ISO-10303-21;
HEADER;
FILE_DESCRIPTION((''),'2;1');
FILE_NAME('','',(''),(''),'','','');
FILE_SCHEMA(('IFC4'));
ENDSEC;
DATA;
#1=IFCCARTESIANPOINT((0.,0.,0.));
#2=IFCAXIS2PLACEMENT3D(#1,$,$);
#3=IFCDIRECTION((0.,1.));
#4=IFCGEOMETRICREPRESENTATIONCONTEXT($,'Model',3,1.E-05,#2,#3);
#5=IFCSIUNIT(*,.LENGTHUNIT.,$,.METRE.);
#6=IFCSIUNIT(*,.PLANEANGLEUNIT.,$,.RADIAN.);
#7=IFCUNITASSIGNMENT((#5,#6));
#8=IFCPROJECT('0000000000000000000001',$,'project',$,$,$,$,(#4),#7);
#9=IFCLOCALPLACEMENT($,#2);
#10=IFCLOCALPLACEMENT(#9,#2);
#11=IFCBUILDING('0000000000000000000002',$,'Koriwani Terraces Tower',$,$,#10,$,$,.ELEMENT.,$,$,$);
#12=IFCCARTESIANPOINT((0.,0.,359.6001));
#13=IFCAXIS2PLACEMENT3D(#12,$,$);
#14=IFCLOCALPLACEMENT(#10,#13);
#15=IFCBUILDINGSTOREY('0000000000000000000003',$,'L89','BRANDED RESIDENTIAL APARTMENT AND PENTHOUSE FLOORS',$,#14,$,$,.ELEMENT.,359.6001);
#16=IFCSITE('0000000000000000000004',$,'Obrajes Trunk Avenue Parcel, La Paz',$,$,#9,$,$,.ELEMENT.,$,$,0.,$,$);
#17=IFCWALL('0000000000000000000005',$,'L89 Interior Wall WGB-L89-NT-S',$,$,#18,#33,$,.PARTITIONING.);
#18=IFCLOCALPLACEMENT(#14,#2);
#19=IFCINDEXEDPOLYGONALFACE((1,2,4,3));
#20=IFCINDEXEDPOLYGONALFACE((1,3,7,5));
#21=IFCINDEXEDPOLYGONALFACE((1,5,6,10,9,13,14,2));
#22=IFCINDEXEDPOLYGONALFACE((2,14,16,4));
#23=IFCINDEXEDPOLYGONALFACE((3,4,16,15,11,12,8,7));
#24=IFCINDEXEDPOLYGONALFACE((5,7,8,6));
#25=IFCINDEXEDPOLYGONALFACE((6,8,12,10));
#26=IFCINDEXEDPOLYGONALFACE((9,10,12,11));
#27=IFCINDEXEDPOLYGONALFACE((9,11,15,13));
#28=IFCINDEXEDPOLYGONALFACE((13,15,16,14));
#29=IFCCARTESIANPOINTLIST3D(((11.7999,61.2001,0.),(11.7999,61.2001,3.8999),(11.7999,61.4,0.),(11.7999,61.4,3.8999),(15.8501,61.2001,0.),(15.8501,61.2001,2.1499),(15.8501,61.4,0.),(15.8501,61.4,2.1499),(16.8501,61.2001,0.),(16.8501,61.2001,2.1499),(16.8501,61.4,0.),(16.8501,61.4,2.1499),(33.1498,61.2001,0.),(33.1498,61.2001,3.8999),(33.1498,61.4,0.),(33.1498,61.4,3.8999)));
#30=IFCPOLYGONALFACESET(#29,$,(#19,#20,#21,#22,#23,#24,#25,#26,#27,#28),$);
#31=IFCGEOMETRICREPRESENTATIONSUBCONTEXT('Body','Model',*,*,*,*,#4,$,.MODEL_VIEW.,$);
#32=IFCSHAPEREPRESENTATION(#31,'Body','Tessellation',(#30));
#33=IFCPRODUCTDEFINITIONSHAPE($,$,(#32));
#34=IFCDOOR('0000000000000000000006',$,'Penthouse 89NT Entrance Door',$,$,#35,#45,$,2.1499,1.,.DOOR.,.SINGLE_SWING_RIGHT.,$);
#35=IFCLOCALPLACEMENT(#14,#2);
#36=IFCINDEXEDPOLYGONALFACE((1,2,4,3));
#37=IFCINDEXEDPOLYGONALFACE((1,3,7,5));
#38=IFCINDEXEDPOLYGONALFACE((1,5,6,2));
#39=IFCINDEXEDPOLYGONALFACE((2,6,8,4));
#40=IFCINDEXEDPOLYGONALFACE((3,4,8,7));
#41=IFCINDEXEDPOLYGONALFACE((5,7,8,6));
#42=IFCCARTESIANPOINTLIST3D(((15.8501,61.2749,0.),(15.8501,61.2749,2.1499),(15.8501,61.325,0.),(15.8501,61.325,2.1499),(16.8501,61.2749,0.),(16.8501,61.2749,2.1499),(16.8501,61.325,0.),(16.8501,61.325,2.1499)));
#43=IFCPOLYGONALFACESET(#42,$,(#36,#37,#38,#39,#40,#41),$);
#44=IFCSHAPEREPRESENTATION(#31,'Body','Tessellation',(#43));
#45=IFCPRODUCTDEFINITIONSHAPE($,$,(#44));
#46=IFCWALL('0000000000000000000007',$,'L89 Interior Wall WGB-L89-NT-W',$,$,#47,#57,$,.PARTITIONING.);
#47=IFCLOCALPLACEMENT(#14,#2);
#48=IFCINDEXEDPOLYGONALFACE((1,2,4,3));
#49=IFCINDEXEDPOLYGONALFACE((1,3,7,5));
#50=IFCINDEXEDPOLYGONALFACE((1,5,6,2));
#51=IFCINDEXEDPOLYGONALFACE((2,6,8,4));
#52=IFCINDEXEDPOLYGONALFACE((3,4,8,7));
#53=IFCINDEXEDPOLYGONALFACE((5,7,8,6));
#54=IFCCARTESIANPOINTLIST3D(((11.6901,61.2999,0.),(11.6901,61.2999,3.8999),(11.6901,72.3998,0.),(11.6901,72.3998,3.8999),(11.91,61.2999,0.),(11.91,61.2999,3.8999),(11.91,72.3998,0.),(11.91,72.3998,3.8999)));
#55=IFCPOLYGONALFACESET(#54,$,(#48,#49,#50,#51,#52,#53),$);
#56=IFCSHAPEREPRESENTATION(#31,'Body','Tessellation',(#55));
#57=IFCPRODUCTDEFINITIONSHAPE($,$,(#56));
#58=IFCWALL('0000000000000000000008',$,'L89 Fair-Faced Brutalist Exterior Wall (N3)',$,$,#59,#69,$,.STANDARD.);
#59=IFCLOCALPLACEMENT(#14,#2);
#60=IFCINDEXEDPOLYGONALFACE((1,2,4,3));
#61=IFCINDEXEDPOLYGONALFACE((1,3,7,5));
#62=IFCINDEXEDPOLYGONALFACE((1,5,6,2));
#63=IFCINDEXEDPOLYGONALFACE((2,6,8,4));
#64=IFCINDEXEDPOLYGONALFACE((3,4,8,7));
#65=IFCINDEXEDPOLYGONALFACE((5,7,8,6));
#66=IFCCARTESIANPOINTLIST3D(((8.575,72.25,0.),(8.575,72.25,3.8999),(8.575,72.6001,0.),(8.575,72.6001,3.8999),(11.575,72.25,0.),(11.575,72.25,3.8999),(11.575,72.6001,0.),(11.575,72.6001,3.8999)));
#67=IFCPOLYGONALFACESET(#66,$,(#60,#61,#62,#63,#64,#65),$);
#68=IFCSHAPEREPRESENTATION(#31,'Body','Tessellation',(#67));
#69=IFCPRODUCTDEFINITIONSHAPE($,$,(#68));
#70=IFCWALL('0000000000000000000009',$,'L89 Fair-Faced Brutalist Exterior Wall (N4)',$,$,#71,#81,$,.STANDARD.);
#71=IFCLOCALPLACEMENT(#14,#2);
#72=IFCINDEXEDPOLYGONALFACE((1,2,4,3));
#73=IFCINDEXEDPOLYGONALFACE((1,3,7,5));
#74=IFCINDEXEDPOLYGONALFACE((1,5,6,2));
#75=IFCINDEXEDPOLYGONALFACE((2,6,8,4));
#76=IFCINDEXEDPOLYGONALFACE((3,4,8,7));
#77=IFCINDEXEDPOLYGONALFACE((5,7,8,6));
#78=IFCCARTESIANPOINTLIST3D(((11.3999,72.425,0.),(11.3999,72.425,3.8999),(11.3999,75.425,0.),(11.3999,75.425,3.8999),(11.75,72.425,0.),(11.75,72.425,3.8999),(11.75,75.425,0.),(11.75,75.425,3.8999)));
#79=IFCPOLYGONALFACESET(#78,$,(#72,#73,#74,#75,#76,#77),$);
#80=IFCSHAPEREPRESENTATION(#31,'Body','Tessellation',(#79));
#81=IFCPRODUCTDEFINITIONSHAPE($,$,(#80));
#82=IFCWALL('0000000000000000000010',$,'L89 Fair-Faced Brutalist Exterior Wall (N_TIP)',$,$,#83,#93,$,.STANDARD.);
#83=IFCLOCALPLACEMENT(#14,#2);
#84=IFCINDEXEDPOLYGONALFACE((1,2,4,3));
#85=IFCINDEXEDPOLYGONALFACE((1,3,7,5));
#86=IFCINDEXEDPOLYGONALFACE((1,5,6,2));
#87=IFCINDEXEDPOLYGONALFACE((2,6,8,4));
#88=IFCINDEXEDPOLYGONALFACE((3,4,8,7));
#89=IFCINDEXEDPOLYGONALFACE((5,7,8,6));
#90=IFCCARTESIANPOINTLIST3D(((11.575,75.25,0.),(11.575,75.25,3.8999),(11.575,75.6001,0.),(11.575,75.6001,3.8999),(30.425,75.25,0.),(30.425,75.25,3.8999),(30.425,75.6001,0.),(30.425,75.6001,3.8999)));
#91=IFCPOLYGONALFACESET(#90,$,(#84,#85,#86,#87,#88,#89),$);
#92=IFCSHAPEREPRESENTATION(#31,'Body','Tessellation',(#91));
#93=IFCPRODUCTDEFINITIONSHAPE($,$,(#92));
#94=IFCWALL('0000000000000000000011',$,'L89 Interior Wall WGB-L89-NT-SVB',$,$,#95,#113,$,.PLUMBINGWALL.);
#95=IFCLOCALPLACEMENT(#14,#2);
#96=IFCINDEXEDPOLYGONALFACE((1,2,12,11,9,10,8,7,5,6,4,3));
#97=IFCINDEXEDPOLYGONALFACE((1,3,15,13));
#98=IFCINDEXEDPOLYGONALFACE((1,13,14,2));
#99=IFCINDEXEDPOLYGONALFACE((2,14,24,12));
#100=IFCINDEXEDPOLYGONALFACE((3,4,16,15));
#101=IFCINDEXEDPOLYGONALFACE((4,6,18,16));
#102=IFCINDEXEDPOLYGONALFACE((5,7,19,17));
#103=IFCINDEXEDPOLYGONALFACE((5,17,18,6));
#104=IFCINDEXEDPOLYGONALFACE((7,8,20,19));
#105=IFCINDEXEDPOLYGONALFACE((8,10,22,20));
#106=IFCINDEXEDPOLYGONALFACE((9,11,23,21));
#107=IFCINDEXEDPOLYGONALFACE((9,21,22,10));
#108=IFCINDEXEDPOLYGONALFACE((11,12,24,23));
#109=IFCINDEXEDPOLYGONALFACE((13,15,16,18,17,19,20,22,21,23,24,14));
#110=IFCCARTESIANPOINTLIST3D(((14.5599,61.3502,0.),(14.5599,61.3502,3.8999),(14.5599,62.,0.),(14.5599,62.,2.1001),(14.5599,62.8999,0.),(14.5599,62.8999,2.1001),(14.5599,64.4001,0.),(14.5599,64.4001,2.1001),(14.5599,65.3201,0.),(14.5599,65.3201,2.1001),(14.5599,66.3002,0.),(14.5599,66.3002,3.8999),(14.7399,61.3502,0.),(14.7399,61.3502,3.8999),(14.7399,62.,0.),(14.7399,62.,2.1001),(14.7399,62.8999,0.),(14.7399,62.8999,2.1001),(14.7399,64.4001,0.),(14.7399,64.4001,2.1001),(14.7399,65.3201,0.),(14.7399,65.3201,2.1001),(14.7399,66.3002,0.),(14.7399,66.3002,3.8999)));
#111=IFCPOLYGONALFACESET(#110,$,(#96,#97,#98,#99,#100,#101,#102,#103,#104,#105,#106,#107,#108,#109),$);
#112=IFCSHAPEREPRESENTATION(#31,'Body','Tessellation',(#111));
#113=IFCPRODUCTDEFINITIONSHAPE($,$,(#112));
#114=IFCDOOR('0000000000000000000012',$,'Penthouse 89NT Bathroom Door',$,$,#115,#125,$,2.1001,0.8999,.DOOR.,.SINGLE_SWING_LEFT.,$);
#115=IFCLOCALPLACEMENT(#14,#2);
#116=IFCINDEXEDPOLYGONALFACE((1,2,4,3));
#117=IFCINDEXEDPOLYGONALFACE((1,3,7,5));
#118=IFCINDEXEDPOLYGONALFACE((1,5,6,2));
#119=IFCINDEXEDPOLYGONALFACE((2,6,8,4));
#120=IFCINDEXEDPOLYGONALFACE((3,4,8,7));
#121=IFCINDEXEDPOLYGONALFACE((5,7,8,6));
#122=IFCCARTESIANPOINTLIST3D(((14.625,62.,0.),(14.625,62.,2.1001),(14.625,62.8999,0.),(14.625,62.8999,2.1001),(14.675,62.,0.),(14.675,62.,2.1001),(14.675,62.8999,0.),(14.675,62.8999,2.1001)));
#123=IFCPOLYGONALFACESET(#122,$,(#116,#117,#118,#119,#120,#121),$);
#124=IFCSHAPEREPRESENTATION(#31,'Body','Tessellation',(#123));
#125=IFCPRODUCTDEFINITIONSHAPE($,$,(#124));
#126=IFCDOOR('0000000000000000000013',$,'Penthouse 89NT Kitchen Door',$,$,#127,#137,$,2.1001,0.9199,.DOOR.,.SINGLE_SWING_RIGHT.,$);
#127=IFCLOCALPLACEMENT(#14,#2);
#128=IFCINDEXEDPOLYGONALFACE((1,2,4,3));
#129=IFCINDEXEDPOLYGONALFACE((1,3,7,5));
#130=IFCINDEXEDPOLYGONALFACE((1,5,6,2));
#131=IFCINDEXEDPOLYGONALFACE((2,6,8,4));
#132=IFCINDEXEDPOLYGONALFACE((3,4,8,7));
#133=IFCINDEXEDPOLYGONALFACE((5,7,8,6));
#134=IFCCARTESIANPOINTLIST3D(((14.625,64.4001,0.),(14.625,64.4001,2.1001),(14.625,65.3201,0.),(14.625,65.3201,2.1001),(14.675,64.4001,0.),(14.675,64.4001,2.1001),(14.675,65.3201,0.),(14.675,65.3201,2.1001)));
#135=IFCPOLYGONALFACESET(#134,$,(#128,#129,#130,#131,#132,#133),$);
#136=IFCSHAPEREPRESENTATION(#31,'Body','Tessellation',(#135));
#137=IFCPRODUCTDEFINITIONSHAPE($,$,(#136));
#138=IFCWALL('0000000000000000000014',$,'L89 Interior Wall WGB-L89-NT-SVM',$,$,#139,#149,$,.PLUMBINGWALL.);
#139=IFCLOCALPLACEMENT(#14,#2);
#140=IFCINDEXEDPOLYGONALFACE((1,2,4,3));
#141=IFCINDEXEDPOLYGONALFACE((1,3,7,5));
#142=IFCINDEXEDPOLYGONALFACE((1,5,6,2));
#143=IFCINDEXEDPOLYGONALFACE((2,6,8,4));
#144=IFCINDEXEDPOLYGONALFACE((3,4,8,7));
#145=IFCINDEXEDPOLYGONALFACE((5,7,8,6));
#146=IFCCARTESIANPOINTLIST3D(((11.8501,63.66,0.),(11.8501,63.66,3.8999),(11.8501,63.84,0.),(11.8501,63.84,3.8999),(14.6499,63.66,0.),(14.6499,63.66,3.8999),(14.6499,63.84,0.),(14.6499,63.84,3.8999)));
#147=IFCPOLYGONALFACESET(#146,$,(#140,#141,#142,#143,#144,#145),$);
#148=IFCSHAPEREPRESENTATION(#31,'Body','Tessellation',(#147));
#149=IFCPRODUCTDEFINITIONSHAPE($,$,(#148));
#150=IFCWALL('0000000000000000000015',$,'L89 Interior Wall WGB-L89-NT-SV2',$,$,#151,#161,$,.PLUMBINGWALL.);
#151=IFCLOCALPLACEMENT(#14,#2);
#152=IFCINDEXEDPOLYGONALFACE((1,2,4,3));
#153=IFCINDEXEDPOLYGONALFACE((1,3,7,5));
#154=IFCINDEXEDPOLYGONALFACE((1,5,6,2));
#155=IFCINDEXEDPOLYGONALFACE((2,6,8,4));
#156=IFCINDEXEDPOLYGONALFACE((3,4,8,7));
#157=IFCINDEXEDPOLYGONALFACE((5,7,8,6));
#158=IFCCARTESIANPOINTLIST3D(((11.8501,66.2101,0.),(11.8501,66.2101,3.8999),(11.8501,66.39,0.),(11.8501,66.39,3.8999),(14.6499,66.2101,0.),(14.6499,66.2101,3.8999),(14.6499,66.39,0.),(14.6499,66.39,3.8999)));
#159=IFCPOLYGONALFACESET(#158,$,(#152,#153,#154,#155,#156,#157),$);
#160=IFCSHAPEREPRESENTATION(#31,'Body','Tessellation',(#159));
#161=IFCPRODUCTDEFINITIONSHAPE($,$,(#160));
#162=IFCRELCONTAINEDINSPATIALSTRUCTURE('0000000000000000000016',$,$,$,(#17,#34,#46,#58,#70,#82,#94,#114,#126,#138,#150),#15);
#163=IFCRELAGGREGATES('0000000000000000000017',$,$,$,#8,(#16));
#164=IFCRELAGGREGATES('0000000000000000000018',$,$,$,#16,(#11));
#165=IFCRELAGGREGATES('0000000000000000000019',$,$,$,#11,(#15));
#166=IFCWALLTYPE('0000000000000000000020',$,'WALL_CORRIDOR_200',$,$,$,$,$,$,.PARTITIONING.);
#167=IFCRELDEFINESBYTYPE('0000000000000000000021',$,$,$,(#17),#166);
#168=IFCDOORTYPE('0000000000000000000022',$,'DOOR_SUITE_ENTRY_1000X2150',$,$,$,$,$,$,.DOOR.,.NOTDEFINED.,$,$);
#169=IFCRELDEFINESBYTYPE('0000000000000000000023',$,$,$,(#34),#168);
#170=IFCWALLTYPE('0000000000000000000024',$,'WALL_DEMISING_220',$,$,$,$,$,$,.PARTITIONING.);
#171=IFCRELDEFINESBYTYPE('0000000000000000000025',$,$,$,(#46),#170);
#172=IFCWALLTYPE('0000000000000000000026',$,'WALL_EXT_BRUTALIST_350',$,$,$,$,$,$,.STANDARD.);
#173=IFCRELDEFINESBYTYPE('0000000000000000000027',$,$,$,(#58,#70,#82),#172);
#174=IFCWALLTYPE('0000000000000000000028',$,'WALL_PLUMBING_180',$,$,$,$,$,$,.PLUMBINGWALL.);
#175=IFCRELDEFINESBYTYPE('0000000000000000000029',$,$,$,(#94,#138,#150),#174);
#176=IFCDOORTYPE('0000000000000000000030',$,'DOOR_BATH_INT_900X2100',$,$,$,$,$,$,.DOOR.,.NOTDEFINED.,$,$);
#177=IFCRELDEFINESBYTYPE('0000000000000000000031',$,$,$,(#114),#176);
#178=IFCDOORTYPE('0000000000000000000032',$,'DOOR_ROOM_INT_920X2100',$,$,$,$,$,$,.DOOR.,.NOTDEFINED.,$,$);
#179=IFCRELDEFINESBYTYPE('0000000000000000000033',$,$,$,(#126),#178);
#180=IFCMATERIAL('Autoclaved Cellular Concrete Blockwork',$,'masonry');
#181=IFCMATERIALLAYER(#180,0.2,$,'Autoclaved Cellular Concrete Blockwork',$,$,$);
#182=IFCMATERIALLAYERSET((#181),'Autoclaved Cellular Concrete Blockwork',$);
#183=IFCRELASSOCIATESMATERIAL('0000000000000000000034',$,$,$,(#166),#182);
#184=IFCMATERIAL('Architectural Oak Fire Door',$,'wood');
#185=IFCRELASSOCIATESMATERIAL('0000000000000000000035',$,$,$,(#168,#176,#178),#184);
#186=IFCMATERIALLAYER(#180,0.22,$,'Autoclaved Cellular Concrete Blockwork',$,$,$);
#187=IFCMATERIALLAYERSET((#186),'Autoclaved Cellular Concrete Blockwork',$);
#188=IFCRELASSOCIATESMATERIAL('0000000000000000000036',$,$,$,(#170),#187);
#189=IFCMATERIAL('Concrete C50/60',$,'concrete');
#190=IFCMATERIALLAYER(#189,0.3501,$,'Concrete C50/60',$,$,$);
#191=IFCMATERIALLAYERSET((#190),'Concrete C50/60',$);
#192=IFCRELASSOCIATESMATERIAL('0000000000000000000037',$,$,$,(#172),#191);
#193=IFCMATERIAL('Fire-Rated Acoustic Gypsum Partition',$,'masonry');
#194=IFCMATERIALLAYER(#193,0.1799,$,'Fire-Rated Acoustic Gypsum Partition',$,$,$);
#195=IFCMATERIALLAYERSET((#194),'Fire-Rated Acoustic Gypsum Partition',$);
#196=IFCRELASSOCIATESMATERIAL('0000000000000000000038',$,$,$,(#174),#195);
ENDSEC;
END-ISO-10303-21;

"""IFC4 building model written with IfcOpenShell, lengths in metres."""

from ifc_helpers import new_model, si_unit, direction, frame, frame_2d, origin, place, context, subcontext, project, spatial, rectangle, extrude, material, layer, layer_set, type_object, element, fill, save


model = new_model("IFC4")

# Units and contexts
model_context = context("Model", 3, precision=1e-05, world=origin(), true_north=direction((0.0, 1.0)))
body_context = subcontext(model_context, "Body", "Model", "MODEL_VIEW")
ifc_project = project(units=[si_unit("LENGTHUNIT", "METRE"), si_unit("PLANEANGLEUNIT", "RADIAN")], contexts=[model_context])

# Site, building, storey
site_placement = place(None, origin())
site = spatial("IfcSite", under=ifc_project, at=site_placement, Name="Obrajes Trunk Avenue Parcel, La Paz", CompositionType="ELEMENT", RefElevation=0.0)
building_placement = place(site_placement, origin())
building = spatial("IfcBuilding", under=site, at=building_placement, Name="Koriwani Terraces Tower", CompositionType="ELEMENT")
storey_placement = place(building_placement, frame((0.0, 0.0, 359.6001)))
storey = spatial("IfcBuildingStorey", under=building, at=storey_placement, Name="L89", Description="BRANDED RESIDENTIAL APARTMENT AND PENTHOUSE FLOORS", CompositionType="ELEMENT", Elevation=359.6001)

# Shared definitions
ifc_material_1 = material(Name="Concrete C50/60", Category="concrete")

# Wall, opening, door
ifc_material_2 = material(Name="Autoclaved Cellular Concrete Blockwork", Category="masonry")
ifc_layer_1 = layer(ifc_material_2, 0.2, Name="Autoclaved Cellular Concrete Blockwork")
ifc_layer_set_1 = layer_set([ifc_layer_1], Name="Autoclaved Cellular Concrete Blockwork")
wall_type_1 = type_object("IfcWallType", Name="WALL_CORRIDOR_200", PredefinedType="PARTITIONING", material=ifc_layer_set_1)
ifc_material_3 = material(Name="Architectural Oak Fire Door", Category="wood")
door_type_1 = type_object("IfcDoorType", Name="DOOR_SUITE_ENTRY_1000X2150", OperationType="NOTDEFINED", PredefinedType="DOOR", material=ifc_material_3)
wall_1_placement = place(storey_placement, frame((11.8, 61.3, 0.0), z_axis=(0.0, 0.0, 1.0), x_axis=(1.0, 0.0, 0.0)))
wall_1 = element("IfcWall", 1, at=wall_1_placement, inside=storey, type_object=wall_type_1, Name="L89 Interior Wall WGB-L89-NT-S", PredefinedType="PARTITIONING", context=body_context, shape_type="SweptSolid", body=[
    extrude(rectangle(XDim=21.3499, YDim=0.2, at=frame_2d((10.6748, 0.0))), origin(), (0.0, 0.0, 1.0), 3.8999),
])
opening_1_placement = place(wall_1_placement, frame((4.05, 0.0, 0.0)))
opening_1 = element("IfcOpeningElement", 2, at=opening_1_placement, cuts=wall_1, PredefinedType="OPENING", context=body_context, shape_type="SweptSolid", body=[
    extrude(rectangle(XDim=1.0, YDim=2.1499, at=frame_2d((0.5, 1.075))), frame((0.0, 0.1099, 0.0), z_axis=(0.0, -1.0, 0.0), x_axis=(1.0, 0.0, 0.0)), (0.0, 0.0, 1.0), 0.22),
])
door_1_placement = place(opening_1_placement, origin())
door_1 = element("IfcDoor", 3, at=door_1_placement, inside=storey, type_object=door_type_1, Name="Penthouse 89NT Entrance Door", OperationType="SINGLE_SWING_RIGHT", OverallHeight=2.1499, OverallWidth=1.0, PredefinedType="DOOR", context=body_context, shape_type="SweptSolid", body=[
    extrude(rectangle(XDim=1.0, YDim=2.1499, at=frame_2d((0.5, 1.075))), frame((0.0, 0.0249, 0.0), z_axis=(0.0, -1.0, 0.0), x_axis=(1.0, 0.0, 0.0)), (0.0, 0.0, 1.0), 0.05),
])
fill(opening_1, door_1)

# Walls
ifc_layer_2 = layer(ifc_material_2, 0.22, Name="Autoclaved Cellular Concrete Blockwork")
ifc_layer_set_2 = layer_set([ifc_layer_2], Name="Autoclaved Cellular Concrete Blockwork")
wall_type_2 = type_object("IfcWallType", Name="WALL_DEMISING_220", PredefinedType="PARTITIONING", material=ifc_layer_set_2)
wall_2_placement = place(storey_placement, frame((11.8, 61.3, 0.0), z_axis=(0.0, 0.0, 1.0), x_axis=(0.0, 1.0, 0.0)))
element("IfcWall", 4, at=wall_2_placement, inside=storey, type_object=wall_type_2, Name="L89 Interior Wall WGB-L89-NT-W", PredefinedType="PARTITIONING", context=body_context, shape_type="SweptSolid", body=[
    extrude(rectangle(XDim=11.0999, YDim=0.22, at=frame_2d((5.5498, 0.0))), origin(), (0.0, 0.0, 1.0), 3.8999),
])
ifc_layer_3 = layer(ifc_material_1, 0.3501, Name="Concrete C50/60")
ifc_layer_set_3 = layer_set([ifc_layer_3], Name="Concrete C50/60")
wall_type_3 = type_object("IfcWallType", Name="WALL_EXT_BRUTALIST_350", PredefinedType="STANDARD", material=ifc_layer_set_3)
for number, where, z_axis, x_axis, name in (
    (5, (8.575, 72.425, 0.0), (0.0, 0.0, 1.0), (1.0, 0.0, 0.0), "L89 Fair-Faced Brutalist Exterior Wall (N3)"),
    (6, (11.575, 72.425, 0.0), (0.0, 0.0, 1.0), (0.0, 1.0, 0.0), "L89 Fair-Faced Brutalist Exterior Wall (N4)"),
):
    element("IfcWall", number, at=place(storey_placement, frame(where, z_axis=z_axis, x_axis=x_axis)), inside=storey, type_object=wall_type_3, Name=name, PredefinedType="STANDARD", context=body_context, shape_type="SweptSolid", body=[
        extrude(rectangle(XDim=3.0, YDim=0.3501, at=frame_2d((1.5, 0.0))), origin(), (0.0, 0.0, 1.0), 3.8999),
    ])
wall_3_placement = place(storey_placement, frame((11.575, 75.425, 0.0), z_axis=(0.0, 0.0, 1.0), x_axis=(1.0, 0.0, 0.0)))
element("IfcWall", 7, at=wall_3_placement, inside=storey, type_object=wall_type_3, Name="L89 Fair-Faced Brutalist Exterior Wall (N_TIP)", PredefinedType="STANDARD", context=body_context, shape_type="SweptSolid", body=[
    extrude(rectangle(XDim=18.8501, YDim=0.3501, at=frame_2d((9.425, 0.0))), origin(), (0.0, 0.0, 1.0), 3.8999),
])

# Wall, openings, doors
ifc_material_4 = material(Name="Fire-Rated Acoustic Gypsum Partition", Category="masonry")
ifc_layer_4 = layer(ifc_material_4, 0.1799, Name="Fire-Rated Acoustic Gypsum Partition")
ifc_layer_set_4 = layer_set([ifc_layer_4], Name="Fire-Rated Acoustic Gypsum Partition")
wall_type_4 = type_object("IfcWallType", Name="WALL_PLUMBING_180", PredefinedType="PLUMBINGWALL", material=ifc_layer_set_4)
wall_4_placement = place(storey_placement, frame((14.6499, 61.3501, 0.0), z_axis=(0.0, 0.0, 1.0), x_axis=(0.0, 1.0, 0.0)))
wall_4 = element("IfcWall", 8, at=wall_4_placement, inside=storey, type_object=wall_type_4, Name="L89 Interior Wall WGB-L89-NT-SVB", PredefinedType="PLUMBINGWALL", context=body_context, shape_type="SweptSolid", body=[
    extrude(rectangle(XDim=4.95, YDim=0.1799, at=frame_2d((2.4751, 0.0))), origin(), (0.0, 0.0, 1.0), 3.8999),
])
opening_2_placement = place(wall_4_placement, frame((0.6499, 0.0, 0.0)))
opening_2 = element("IfcOpeningElement", 9, at=opening_2_placement, cuts=wall_4, PredefinedType="OPENING", context=body_context, shape_type="SweptSolid", body=[
    extrude(rectangle(XDim=0.8999, YDim=2.1001, at=frame_2d((0.45, 1.05))), frame((0.0, 0.1001, 0.0), z_axis=(0.0, -1.0, 0.0), x_axis=(1.0, 0.0, 0.0)), (0.0, 0.0, 1.0), 0.2),
])
opening_3_placement = place(wall_4_placement, frame((3.05, 0.0, 0.0)))
opening_3 = element("IfcOpeningElement", 10, at=opening_3_placement, cuts=wall_4, PredefinedType="OPENING", context=body_context, shape_type="SweptSolid", body=[
    extrude(rectangle(XDim=0.9199, YDim=2.1001, at=frame_2d((0.46, 1.05))), frame((0.0, 0.1001, 0.0), z_axis=(0.0, -1.0, 0.0), x_axis=(1.0, 0.0, 0.0)), (0.0, 0.0, 1.0), 0.2),
])
door_type_2 = type_object("IfcDoorType", Name="DOOR_BATH_INT_900X2100", OperationType="NOTDEFINED", PredefinedType="DOOR", material=ifc_material_3)
door_2_placement = place(opening_2_placement, origin())
door_2 = element("IfcDoor", 11, at=door_2_placement, inside=storey, type_object=door_type_2, Name="Penthouse 89NT Bathroom Door", OperationType="SINGLE_SWING_LEFT", OverallHeight=2.1001, OverallWidth=0.8999, PredefinedType="DOOR", context=body_context, shape_type="SweptSolid", body=[
    extrude(rectangle(XDim=0.8999, YDim=2.1001, at=frame_2d((0.45, 1.05))), frame((0.0, 0.0249, 0.0), z_axis=(0.0, -1.0, 0.0), x_axis=(1.0, 0.0, 0.0)), (0.0, 0.0, 1.0), 0.05),
])
fill(opening_2, door_2)
door_type_3 = type_object("IfcDoorType", Name="DOOR_ROOM_INT_920X2100", OperationType="NOTDEFINED", PredefinedType="DOOR", material=ifc_material_3)
door_3_placement = place(opening_3_placement, origin())
door_3 = element("IfcDoor", 12, at=door_3_placement, inside=storey, type_object=door_type_3, Name="Penthouse 89NT Kitchen Door", OperationType="SINGLE_SWING_RIGHT", OverallHeight=2.1001, OverallWidth=0.9199, PredefinedType="DOOR", context=body_context, shape_type="SweptSolid", body=[
    extrude(rectangle(XDim=0.9199, YDim=2.1001, at=frame_2d((0.46, 1.05))), frame((0.0, 0.0249, 0.0), z_axis=(0.0, -1.0, 0.0), x_axis=(1.0, 0.0, 0.0)), (0.0, 0.0, 1.0), 0.05),
])
fill(opening_3, door_3)

# Walls
for number, where, z_axis, x_axis, name in (
    (13, (11.8501, 63.75, 0.0), (0.0, 0.0, 1.0), (1.0, 0.0, 0.0), "L89 Interior Wall WGB-L89-NT-SVM"),
    (14, (11.8501, 66.3, 0.0), (0.0, 0.0, 1.0), (1.0, 0.0, 0.0), "L89 Interior Wall WGB-L89-NT-SV2"),
):
    element("IfcWall", number, at=place(storey_placement, frame(where, z_axis=z_axis, x_axis=x_axis)), inside=storey, type_object=wall_type_4, Name=name, PredefinedType="PLUMBINGWALL", context=body_context, shape_type="SweptSolid", body=[
        extrude(rectangle(XDim=2.7998, YDim=0.1799, at=frame_2d((1.3999, 0.0))), origin(), (0.0, 0.0, 1.0), 3.8999),
    ])

save(model, "model.ifc")
